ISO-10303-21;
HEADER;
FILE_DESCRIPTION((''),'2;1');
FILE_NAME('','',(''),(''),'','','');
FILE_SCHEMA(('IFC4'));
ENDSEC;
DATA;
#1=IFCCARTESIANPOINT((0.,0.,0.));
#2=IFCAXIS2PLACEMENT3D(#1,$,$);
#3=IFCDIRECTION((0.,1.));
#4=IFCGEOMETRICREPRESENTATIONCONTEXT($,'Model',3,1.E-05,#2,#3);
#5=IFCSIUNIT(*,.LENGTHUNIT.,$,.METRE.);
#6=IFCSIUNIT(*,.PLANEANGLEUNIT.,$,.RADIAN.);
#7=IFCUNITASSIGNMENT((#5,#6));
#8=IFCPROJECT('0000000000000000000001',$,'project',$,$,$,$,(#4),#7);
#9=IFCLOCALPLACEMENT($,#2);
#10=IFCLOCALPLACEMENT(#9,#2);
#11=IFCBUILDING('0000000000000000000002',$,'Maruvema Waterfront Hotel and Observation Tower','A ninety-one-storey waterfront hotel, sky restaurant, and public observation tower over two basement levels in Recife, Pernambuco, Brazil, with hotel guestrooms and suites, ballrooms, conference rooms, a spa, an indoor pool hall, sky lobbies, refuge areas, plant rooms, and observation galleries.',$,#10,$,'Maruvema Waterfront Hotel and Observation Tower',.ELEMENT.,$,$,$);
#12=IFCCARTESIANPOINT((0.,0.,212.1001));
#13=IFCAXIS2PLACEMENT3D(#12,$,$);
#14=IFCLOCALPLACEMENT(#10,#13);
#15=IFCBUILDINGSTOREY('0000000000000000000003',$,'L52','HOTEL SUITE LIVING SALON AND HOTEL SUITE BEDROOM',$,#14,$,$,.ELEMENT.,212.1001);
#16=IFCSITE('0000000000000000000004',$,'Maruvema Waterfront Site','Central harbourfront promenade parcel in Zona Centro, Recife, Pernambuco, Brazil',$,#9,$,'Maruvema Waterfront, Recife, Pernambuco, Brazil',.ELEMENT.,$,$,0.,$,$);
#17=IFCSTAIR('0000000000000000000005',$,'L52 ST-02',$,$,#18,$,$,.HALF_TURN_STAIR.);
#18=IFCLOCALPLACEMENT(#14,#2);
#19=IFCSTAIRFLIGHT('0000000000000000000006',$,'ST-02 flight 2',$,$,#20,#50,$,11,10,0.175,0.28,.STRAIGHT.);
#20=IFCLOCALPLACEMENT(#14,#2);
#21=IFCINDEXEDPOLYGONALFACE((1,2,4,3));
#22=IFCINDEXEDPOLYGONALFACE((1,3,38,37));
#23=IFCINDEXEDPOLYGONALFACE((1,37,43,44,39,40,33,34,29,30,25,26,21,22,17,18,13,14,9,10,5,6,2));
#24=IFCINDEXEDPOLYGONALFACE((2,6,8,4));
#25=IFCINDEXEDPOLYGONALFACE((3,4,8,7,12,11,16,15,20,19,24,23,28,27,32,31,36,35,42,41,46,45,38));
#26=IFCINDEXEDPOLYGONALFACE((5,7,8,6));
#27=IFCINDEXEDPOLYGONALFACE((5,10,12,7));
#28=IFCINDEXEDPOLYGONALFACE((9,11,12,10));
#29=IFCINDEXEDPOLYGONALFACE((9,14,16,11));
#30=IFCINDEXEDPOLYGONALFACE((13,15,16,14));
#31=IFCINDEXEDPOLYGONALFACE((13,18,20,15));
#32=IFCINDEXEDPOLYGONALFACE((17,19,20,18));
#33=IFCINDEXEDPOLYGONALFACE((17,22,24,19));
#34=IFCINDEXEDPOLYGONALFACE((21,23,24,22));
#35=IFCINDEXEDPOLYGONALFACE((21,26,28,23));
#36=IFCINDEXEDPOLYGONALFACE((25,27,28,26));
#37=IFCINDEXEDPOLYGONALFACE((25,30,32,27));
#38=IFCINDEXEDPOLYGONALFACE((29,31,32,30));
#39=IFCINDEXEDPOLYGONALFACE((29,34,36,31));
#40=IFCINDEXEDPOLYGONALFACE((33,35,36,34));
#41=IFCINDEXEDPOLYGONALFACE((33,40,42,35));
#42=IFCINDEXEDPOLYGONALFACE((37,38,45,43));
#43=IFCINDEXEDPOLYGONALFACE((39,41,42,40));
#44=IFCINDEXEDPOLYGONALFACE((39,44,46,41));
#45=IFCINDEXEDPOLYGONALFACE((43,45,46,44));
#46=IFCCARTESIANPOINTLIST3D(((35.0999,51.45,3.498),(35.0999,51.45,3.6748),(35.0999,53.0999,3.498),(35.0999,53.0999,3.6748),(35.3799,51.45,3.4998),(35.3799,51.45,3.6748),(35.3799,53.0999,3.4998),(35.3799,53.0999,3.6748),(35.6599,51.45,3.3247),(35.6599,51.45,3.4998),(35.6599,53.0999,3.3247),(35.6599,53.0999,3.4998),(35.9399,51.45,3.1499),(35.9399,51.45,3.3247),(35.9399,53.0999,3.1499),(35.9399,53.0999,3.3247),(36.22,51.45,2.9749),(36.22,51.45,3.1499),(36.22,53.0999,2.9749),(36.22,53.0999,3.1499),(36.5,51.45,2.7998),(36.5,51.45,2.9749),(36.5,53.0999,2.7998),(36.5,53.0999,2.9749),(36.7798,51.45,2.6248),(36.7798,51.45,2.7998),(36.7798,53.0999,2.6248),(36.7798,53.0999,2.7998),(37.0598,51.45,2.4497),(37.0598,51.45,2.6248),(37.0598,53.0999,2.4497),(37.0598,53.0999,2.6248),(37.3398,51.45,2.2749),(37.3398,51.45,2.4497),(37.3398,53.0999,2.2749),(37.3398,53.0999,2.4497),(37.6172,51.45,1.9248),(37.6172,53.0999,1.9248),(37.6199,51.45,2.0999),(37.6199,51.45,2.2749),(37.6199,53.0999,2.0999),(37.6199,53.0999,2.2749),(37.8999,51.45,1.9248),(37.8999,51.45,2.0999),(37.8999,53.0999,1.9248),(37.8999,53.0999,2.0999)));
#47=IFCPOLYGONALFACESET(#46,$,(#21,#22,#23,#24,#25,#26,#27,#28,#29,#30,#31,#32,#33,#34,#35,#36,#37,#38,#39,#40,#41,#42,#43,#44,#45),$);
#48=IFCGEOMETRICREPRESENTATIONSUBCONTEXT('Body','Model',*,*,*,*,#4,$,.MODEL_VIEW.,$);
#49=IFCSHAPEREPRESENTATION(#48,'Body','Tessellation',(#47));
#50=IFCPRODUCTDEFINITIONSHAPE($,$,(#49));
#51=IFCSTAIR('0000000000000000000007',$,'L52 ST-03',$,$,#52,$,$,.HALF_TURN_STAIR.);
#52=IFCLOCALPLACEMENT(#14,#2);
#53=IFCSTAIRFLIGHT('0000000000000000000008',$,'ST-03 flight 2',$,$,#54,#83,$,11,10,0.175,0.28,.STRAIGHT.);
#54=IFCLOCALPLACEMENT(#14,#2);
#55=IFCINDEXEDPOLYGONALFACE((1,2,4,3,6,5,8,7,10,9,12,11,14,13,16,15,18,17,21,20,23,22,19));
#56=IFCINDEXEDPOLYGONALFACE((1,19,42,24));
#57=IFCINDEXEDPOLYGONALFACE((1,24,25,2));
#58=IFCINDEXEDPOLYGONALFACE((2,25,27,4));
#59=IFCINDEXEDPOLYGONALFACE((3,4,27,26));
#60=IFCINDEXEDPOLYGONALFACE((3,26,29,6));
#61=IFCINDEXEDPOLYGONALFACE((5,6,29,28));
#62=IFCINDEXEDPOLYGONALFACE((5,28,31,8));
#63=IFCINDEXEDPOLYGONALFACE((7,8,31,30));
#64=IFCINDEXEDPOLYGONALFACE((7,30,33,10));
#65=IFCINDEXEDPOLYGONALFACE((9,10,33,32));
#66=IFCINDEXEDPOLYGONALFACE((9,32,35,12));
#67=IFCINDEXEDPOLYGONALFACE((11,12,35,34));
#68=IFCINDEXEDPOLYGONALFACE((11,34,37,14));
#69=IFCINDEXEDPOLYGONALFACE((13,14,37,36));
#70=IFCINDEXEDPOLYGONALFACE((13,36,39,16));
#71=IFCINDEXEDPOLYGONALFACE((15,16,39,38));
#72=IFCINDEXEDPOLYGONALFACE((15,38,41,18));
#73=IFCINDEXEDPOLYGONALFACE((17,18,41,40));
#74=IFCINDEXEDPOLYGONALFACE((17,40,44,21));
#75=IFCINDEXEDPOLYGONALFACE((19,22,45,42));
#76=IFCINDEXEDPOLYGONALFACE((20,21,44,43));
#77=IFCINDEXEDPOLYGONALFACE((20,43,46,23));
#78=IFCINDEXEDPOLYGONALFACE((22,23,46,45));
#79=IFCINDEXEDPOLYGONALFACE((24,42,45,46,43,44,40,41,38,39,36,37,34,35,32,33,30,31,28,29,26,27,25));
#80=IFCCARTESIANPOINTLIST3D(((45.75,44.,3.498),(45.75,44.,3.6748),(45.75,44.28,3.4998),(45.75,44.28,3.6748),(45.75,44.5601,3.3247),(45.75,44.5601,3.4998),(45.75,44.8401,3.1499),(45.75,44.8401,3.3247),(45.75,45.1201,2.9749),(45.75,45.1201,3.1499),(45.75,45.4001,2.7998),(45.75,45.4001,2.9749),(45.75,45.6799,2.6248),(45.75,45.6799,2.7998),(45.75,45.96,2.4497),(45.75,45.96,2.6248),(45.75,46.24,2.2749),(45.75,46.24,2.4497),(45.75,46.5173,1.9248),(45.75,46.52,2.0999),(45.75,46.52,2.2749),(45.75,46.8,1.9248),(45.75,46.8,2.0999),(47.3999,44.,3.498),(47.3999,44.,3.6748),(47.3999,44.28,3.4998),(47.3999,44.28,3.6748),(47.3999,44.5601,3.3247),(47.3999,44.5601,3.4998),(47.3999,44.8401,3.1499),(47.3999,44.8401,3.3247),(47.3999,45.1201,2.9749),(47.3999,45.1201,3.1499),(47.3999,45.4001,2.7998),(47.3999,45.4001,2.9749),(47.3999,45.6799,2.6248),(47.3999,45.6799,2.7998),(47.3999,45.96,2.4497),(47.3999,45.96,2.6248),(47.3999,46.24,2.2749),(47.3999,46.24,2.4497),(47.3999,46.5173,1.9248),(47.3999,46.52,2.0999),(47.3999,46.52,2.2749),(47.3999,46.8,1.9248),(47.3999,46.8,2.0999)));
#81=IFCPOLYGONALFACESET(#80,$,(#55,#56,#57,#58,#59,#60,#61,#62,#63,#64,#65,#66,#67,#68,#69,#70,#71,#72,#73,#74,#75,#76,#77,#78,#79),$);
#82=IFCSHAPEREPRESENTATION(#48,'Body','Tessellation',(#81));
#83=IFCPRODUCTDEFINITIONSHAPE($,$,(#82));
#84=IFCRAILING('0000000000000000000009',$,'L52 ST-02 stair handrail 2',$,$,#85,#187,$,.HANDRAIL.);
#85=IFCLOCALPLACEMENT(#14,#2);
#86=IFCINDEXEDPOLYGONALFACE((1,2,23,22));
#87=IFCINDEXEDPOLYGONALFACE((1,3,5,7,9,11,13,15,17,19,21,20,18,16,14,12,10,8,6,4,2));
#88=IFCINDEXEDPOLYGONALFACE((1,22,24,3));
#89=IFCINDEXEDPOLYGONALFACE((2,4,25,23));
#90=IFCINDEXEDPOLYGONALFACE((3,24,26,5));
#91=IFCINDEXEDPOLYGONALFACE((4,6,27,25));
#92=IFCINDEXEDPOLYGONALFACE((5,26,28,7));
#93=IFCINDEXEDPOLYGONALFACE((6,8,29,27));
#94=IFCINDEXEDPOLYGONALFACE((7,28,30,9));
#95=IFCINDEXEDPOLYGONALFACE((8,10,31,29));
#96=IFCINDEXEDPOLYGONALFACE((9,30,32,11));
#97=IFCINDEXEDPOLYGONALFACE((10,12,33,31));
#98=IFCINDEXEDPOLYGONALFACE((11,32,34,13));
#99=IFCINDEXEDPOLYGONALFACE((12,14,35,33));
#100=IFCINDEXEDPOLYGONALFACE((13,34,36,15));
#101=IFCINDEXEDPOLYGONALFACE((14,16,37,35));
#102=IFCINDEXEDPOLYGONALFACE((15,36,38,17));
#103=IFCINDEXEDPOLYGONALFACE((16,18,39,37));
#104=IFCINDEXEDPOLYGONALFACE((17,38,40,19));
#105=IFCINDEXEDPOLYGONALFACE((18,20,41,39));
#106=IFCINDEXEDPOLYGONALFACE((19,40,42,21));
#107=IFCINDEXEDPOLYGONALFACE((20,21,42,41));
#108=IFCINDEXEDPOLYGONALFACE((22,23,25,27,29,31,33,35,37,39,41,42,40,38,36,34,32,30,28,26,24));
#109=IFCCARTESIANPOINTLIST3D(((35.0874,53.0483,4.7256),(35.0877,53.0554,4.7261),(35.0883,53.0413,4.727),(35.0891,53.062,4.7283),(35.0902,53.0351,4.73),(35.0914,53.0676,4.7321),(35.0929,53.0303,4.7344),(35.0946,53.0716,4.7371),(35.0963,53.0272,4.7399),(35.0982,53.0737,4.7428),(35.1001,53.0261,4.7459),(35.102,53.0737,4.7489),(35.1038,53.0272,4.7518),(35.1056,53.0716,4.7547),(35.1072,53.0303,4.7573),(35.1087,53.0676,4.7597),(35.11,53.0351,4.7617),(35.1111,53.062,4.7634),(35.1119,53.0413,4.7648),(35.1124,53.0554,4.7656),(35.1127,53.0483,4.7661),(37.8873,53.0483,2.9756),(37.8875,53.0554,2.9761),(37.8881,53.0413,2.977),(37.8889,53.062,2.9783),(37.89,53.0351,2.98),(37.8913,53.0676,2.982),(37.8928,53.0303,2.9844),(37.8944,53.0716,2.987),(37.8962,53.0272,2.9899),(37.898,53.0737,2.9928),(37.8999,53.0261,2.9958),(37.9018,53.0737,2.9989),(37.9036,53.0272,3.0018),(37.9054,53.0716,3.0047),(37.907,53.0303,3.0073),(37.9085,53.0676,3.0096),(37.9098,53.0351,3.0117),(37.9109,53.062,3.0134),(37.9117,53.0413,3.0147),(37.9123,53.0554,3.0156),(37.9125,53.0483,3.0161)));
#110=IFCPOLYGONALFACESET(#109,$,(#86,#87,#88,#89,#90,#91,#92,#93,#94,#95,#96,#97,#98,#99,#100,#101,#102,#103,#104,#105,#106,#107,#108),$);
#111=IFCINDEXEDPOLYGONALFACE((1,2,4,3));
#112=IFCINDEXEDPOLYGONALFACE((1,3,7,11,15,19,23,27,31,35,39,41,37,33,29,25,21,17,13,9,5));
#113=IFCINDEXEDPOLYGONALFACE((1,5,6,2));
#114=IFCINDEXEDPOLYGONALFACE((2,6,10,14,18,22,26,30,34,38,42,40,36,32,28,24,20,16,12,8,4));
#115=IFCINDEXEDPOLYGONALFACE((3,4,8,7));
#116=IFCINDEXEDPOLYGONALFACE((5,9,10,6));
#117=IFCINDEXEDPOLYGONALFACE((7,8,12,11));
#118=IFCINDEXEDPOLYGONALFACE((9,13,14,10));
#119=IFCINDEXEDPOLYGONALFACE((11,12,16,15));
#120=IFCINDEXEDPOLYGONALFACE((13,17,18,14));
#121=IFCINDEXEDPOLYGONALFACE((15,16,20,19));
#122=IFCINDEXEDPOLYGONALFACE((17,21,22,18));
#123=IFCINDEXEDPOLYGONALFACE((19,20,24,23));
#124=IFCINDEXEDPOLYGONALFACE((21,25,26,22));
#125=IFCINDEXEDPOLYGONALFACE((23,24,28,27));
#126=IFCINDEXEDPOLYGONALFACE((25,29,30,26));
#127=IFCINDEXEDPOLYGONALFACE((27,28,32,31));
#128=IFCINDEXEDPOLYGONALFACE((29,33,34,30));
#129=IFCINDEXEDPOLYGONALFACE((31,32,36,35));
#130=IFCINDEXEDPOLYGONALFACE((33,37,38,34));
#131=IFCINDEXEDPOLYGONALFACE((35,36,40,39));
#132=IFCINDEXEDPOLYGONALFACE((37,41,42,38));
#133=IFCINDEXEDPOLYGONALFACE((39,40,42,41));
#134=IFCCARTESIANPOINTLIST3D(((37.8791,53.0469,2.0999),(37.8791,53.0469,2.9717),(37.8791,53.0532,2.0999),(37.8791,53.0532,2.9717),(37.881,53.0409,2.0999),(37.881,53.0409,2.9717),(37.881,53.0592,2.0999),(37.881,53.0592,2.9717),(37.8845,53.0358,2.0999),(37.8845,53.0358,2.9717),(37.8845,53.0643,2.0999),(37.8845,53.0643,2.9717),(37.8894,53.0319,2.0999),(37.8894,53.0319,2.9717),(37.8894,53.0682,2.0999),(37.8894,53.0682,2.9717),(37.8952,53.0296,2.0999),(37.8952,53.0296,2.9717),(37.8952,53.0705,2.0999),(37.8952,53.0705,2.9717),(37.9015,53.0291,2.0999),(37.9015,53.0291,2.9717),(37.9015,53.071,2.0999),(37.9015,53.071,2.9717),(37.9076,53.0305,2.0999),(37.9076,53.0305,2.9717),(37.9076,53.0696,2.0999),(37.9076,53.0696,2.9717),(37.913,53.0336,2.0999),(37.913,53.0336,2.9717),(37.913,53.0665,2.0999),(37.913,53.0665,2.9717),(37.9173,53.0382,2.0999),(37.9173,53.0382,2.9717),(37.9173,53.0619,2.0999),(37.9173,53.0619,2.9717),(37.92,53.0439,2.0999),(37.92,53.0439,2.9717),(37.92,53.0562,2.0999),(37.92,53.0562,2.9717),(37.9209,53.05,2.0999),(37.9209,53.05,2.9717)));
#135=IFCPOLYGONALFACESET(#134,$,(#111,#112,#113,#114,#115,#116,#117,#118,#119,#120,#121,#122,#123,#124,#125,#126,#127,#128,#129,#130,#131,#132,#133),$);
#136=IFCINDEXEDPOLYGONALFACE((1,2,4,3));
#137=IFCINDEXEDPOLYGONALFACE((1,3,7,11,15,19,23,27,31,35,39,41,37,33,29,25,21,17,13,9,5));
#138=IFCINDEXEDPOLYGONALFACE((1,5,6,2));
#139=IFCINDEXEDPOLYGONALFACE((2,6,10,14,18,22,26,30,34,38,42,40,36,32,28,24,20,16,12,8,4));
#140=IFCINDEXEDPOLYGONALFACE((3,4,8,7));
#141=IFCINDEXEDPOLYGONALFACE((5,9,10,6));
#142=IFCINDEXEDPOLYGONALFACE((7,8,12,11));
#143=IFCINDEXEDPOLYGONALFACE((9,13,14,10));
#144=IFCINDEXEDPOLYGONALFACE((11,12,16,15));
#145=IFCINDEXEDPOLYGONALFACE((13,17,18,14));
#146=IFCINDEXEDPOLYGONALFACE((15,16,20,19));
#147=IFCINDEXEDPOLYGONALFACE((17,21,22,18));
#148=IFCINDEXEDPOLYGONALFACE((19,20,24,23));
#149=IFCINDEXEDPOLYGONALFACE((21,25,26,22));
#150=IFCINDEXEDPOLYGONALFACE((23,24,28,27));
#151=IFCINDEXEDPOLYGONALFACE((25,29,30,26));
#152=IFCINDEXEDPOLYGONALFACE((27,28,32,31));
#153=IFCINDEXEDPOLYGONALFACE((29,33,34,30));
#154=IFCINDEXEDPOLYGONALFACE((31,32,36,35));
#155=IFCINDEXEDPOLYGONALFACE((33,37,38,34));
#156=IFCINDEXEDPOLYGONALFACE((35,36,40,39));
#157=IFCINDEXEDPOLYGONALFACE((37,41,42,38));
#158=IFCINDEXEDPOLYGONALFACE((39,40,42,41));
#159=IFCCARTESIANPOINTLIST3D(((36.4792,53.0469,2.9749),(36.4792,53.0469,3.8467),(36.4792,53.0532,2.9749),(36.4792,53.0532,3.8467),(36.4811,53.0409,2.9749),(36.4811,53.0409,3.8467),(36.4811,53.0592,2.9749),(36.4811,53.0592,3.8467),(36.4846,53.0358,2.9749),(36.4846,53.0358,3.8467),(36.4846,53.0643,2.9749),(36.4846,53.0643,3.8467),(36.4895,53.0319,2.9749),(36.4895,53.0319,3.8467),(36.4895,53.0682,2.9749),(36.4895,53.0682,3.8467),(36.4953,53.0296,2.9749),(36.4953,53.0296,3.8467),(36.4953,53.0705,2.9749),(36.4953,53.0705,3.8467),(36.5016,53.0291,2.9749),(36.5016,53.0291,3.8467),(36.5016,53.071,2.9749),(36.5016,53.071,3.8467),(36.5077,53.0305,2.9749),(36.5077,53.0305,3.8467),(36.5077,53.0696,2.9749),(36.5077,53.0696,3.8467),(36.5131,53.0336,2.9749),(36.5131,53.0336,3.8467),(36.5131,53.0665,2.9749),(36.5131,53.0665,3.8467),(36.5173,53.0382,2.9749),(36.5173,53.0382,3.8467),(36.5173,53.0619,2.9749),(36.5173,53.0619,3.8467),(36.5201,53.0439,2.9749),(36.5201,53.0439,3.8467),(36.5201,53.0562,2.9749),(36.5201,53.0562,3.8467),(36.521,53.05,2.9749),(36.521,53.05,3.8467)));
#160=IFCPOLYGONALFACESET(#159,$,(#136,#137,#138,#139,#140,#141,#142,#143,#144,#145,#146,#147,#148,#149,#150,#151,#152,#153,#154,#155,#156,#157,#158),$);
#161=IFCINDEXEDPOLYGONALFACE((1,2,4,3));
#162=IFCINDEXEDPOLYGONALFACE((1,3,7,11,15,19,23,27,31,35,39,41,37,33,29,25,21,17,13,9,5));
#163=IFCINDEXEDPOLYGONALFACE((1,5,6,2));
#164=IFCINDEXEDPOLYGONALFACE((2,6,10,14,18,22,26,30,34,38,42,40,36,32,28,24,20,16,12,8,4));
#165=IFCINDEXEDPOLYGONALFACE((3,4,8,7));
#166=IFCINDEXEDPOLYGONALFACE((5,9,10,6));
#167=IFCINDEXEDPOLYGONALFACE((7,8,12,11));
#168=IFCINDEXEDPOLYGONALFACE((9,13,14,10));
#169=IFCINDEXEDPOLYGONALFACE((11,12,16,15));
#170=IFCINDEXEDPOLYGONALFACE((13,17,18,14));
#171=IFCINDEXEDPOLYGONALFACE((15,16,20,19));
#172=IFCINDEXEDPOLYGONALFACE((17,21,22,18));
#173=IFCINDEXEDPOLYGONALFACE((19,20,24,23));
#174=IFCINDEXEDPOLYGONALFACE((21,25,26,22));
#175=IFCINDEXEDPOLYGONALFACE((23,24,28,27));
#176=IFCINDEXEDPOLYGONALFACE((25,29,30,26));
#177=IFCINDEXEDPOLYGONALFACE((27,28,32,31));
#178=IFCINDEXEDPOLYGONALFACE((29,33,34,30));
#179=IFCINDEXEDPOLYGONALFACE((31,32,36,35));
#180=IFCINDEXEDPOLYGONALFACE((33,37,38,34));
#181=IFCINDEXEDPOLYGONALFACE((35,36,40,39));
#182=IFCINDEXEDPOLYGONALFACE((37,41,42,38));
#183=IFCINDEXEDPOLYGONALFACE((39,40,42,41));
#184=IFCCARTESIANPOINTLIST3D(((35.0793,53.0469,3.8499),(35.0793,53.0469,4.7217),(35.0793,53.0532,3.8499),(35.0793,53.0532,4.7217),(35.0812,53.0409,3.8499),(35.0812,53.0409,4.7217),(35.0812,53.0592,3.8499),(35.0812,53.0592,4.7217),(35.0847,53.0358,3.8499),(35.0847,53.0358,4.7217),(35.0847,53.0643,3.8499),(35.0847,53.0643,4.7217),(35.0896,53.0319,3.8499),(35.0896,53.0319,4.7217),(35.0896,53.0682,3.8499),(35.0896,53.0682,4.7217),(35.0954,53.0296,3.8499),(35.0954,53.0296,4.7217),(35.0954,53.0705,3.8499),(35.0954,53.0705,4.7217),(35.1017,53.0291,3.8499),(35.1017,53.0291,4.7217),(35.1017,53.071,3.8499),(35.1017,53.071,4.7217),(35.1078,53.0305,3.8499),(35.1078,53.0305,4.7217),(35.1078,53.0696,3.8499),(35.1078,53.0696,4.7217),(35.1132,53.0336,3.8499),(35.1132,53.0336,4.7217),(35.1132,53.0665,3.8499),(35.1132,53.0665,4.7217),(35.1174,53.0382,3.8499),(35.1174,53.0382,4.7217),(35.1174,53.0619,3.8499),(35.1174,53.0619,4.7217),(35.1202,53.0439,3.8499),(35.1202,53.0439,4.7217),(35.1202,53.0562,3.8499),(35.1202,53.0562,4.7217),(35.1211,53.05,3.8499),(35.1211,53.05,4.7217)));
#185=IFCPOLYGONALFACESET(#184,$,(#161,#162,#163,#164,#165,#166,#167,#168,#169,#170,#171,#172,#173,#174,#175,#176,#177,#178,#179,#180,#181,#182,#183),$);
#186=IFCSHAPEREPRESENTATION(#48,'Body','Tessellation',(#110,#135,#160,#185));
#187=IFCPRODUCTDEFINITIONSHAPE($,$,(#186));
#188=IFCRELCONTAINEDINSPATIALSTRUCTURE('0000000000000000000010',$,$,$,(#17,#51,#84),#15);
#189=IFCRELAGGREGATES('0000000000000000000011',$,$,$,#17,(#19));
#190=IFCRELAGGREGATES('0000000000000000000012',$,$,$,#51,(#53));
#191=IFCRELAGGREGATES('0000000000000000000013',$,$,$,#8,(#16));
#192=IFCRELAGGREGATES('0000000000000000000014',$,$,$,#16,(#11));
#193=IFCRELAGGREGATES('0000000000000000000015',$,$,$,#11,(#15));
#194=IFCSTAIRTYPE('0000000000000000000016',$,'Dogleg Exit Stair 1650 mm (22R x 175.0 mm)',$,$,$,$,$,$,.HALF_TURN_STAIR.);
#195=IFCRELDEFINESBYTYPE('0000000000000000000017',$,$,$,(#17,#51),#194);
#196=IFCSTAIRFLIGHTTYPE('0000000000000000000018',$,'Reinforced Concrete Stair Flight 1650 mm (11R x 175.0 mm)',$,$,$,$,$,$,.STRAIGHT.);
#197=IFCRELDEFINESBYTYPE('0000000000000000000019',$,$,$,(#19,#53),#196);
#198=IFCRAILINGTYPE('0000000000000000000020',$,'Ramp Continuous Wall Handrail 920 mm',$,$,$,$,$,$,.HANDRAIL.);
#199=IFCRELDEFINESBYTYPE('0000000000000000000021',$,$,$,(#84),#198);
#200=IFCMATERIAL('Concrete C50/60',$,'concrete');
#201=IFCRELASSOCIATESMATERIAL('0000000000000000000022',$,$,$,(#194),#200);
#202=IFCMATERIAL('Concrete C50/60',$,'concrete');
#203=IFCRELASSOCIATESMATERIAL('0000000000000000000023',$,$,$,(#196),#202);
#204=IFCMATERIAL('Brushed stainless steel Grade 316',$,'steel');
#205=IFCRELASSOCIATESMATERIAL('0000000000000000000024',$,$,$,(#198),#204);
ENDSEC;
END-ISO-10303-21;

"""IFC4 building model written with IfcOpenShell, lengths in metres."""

from ifc_helpers import new_model, si_unit, direction, frame, origin, origin_2d, place, context, subcontext, project, spatial, polyline, circle, outline, extrude, material, type_object, element, aggregate, save


model = new_model("IFC4")

# Units and contexts
model_context = context("Model", 3, precision=1e-05, world=origin(), true_north=direction((0.0, 1.0)))
body_context = subcontext(model_context, "Body", "Model", "MODEL_VIEW")
ifc_project = project(units=[si_unit("LENGTHUNIT", "METRE"), si_unit("PLANEANGLEUNIT", "RADIAN")], contexts=[model_context])

# Site, building, storey
site_placement = place(None, origin())
site = spatial("IfcSite", under=ifc_project, at=site_placement, Name="Maruvema Waterfront Site", Description="Central harbourfront promenade parcel in Zona Centro, Recife, Pernambuco, Brazil", LongName="Maruvema Waterfront, Recife, Pernambuco, Brazil", CompositionType="ELEMENT", RefElevation=0.0)
building_placement = place(site_placement, origin())
building = spatial("IfcBuilding", under=site, at=building_placement, Name="Maruvema Waterfront Hotel and Observation Tower", Description="A ninety-one-storey waterfront hotel, sky restaurant, and public observation tower over two basement levels in Recife, Pernambuco, Brazil, with hotel guestrooms and suites, ballrooms, conference rooms, a spa, an indoor pool hall, sky lobbies, refuge areas, plant rooms, and observation galleries.", LongName="Maruvema Waterfront Hotel and Observation Tower", CompositionType="ELEMENT")
storey_placement = place(building_placement, frame((0.0, 0.0, 212.1001)))
storey = spatial("IfcBuildingStorey", under=building, at=storey_placement, Name="L52", Description="HOTEL SUITE LIVING SALON AND HOTEL SUITE BEDROOM", CompositionType="ELEMENT", Elevation=212.1001)

# Stairs, stair flights
ifc_material_1 = material(Name="Concrete C50/60", Category="concrete")
stair_type = type_object("IfcStairType", Name="Dogleg Exit Stair 1650 mm (22R x 175.0 mm)", PredefinedType="HALF_TURN_STAIR", material=ifc_material_1)
stair_1_placement = place(storey_placement, origin())
stair_1 = element("IfcStair", 1, at=stair_1_placement, inside=storey, type_object=stair_type, Name="L52 ST-02", PredefinedType="HALF_TURN_STAIR")
ifc_material_2 = material(Name="Concrete C50/60", Category="concrete")
stair_flight_type = type_object("IfcStairFlightType", Name="Reinforced Concrete Stair Flight 1650 mm (11R x 175.0 mm)", PredefinedType="STRAIGHT", material=ifc_material_2)
stair_flight_1_placement = place(storey_placement, frame((37.8999, 52.2749, 1.9248), z_axis=(0.0, 0.0, 1.0), x_axis=(-1.0, 0.0, 0.0)))
stair_flight_1 = element("IfcStairFlight", 2, at=stair_flight_1_placement, type_object=stair_flight_type, Name="ST-02 flight 2", NumberOfRisers=11, NumberOfTreads=10, PredefinedType="STRAIGHT", RiserHeight=0.175, TreadLength=0.28, context=body_context, shape_type="SweptSolid", body=[
    extrude(outline(polyline([(0.0, 0.0), (0.0, 0.175), (0.28, 0.175), (0.28, 0.3501), (0.5601, 0.3501), (0.5601, 0.5249), (0.8401, 0.5249), (0.8401, 0.7), (1.1201, 0.7), (1.1201, 0.875), (1.3999, 0.875), (1.3999, 1.05), (1.6799, 1.05), (1.6799, 1.2251), (1.96, 1.2251), (1.96, 1.3999), (2.24, 1.3999), (2.24, 1.575), (2.52, 1.575), (2.52, 1.75), (2.8, 1.75), (2.8, 1.925), (2.8, 1.5732), (0.2827, 0.0), (0.0, 0.0)])), frame((0.0, 0.825, 0.0), z_axis=(0.0, -1.0, 0.0), x_axis=(1.0, 0.0, 0.0)), (0.0, 0.0, 1.0), 1.6499),
])
aggregate(stair_1, [stair_flight_1])
stair_2_placement = place(storey_placement, origin())
stair_2 = element("IfcStair", 3, at=stair_2_placement, inside=storey, type_object=stair_type, Name="L52 ST-03", PredefinedType="HALF_TURN_STAIR")
stair_flight_2_placement = place(storey_placement, frame((46.575, 46.8, 1.9248), z_axis=(0.0, 0.0, 1.0), x_axis=(0.0, -1.0, 0.0)))
stair_flight_2 = element("IfcStairFlight", 4, at=stair_flight_2_placement, type_object=stair_flight_type, Name="ST-03 flight 2", NumberOfRisers=11, NumberOfTreads=10, PredefinedType="STRAIGHT", RiserHeight=0.175, TreadLength=0.28, context=body_context, shape_type="SweptSolid", body=[
    extrude(outline(polyline([(0.0, 0.0), (0.0, 0.175), (0.28, 0.175), (0.28, 0.3501), (0.5601, 0.3501), (0.5601, 0.5249), (0.8401, 0.5249), (0.8401, 0.7), (1.1201, 0.7), (1.1201, 0.875), (1.3999, 0.875), (1.3999, 1.05), (1.6799, 1.05), (1.6799, 1.2251), (1.96, 1.2251), (1.96, 1.3999), (2.24, 1.3999), (2.24, 1.575), (2.52, 1.575), (2.52, 1.75), (2.8, 1.75), (2.8, 1.925), (2.8, 1.5732), (0.2827, 0.0), (0.0, 0.0)])), frame((0.0, 0.825, 0.0), z_axis=(0.0, -1.0, 0.0), x_axis=(1.0, 0.0, 0.0)), (0.0, 0.0, 1.0), 1.6499),
])
aggregate(stair_2, [stair_flight_2])

# Railing
ifc_material_3 = material(Name="Brushed stainless steel Grade 316", Category="steel")
railing_type_1 = type_object("IfcRailingType", Name="Ramp Continuous Wall Handrail 920 mm", PredefinedType="HANDRAIL", material=ifc_material_3)
railing_1_placement = place(storey_placement, frame((37.8999, 53.05, 2.0999)))
element("IfcRailing", 5, at=railing_1_placement, inside=storey, type_object=railing_type_1, Name="L52 ST-02 stair handrail 2", PredefinedType="HANDRAIL", context=body_context, shape_type="SweptSolid", body=[
    extrude(circle(Radius=0.0239, at=origin_2d()), frame((0.0, 0.0, 0.896), z_axis=(-0.847982, 0.0, 0.530026), x_axis=(0.0, -1.0, 0.0)), (0.0, 0.0, 1.0), 3.3018),
    extrude(circle(Radius=0.021, at=origin_2d()), origin(), (0.0, 0.0, 1.0), 0.8718),
    extrude(circle(Radius=0.021, at=origin_2d()), frame((-1.3999, 0.0, 0.875)), (0.0, 0.0, 1.0), 0.8718),
    extrude(circle(Radius=0.021, at=origin_2d()), frame((-2.7998, 0.0, 1.75)), (0.0, 0.0, 1.0), 0.8718),
])

save(model, "model.ifc")
